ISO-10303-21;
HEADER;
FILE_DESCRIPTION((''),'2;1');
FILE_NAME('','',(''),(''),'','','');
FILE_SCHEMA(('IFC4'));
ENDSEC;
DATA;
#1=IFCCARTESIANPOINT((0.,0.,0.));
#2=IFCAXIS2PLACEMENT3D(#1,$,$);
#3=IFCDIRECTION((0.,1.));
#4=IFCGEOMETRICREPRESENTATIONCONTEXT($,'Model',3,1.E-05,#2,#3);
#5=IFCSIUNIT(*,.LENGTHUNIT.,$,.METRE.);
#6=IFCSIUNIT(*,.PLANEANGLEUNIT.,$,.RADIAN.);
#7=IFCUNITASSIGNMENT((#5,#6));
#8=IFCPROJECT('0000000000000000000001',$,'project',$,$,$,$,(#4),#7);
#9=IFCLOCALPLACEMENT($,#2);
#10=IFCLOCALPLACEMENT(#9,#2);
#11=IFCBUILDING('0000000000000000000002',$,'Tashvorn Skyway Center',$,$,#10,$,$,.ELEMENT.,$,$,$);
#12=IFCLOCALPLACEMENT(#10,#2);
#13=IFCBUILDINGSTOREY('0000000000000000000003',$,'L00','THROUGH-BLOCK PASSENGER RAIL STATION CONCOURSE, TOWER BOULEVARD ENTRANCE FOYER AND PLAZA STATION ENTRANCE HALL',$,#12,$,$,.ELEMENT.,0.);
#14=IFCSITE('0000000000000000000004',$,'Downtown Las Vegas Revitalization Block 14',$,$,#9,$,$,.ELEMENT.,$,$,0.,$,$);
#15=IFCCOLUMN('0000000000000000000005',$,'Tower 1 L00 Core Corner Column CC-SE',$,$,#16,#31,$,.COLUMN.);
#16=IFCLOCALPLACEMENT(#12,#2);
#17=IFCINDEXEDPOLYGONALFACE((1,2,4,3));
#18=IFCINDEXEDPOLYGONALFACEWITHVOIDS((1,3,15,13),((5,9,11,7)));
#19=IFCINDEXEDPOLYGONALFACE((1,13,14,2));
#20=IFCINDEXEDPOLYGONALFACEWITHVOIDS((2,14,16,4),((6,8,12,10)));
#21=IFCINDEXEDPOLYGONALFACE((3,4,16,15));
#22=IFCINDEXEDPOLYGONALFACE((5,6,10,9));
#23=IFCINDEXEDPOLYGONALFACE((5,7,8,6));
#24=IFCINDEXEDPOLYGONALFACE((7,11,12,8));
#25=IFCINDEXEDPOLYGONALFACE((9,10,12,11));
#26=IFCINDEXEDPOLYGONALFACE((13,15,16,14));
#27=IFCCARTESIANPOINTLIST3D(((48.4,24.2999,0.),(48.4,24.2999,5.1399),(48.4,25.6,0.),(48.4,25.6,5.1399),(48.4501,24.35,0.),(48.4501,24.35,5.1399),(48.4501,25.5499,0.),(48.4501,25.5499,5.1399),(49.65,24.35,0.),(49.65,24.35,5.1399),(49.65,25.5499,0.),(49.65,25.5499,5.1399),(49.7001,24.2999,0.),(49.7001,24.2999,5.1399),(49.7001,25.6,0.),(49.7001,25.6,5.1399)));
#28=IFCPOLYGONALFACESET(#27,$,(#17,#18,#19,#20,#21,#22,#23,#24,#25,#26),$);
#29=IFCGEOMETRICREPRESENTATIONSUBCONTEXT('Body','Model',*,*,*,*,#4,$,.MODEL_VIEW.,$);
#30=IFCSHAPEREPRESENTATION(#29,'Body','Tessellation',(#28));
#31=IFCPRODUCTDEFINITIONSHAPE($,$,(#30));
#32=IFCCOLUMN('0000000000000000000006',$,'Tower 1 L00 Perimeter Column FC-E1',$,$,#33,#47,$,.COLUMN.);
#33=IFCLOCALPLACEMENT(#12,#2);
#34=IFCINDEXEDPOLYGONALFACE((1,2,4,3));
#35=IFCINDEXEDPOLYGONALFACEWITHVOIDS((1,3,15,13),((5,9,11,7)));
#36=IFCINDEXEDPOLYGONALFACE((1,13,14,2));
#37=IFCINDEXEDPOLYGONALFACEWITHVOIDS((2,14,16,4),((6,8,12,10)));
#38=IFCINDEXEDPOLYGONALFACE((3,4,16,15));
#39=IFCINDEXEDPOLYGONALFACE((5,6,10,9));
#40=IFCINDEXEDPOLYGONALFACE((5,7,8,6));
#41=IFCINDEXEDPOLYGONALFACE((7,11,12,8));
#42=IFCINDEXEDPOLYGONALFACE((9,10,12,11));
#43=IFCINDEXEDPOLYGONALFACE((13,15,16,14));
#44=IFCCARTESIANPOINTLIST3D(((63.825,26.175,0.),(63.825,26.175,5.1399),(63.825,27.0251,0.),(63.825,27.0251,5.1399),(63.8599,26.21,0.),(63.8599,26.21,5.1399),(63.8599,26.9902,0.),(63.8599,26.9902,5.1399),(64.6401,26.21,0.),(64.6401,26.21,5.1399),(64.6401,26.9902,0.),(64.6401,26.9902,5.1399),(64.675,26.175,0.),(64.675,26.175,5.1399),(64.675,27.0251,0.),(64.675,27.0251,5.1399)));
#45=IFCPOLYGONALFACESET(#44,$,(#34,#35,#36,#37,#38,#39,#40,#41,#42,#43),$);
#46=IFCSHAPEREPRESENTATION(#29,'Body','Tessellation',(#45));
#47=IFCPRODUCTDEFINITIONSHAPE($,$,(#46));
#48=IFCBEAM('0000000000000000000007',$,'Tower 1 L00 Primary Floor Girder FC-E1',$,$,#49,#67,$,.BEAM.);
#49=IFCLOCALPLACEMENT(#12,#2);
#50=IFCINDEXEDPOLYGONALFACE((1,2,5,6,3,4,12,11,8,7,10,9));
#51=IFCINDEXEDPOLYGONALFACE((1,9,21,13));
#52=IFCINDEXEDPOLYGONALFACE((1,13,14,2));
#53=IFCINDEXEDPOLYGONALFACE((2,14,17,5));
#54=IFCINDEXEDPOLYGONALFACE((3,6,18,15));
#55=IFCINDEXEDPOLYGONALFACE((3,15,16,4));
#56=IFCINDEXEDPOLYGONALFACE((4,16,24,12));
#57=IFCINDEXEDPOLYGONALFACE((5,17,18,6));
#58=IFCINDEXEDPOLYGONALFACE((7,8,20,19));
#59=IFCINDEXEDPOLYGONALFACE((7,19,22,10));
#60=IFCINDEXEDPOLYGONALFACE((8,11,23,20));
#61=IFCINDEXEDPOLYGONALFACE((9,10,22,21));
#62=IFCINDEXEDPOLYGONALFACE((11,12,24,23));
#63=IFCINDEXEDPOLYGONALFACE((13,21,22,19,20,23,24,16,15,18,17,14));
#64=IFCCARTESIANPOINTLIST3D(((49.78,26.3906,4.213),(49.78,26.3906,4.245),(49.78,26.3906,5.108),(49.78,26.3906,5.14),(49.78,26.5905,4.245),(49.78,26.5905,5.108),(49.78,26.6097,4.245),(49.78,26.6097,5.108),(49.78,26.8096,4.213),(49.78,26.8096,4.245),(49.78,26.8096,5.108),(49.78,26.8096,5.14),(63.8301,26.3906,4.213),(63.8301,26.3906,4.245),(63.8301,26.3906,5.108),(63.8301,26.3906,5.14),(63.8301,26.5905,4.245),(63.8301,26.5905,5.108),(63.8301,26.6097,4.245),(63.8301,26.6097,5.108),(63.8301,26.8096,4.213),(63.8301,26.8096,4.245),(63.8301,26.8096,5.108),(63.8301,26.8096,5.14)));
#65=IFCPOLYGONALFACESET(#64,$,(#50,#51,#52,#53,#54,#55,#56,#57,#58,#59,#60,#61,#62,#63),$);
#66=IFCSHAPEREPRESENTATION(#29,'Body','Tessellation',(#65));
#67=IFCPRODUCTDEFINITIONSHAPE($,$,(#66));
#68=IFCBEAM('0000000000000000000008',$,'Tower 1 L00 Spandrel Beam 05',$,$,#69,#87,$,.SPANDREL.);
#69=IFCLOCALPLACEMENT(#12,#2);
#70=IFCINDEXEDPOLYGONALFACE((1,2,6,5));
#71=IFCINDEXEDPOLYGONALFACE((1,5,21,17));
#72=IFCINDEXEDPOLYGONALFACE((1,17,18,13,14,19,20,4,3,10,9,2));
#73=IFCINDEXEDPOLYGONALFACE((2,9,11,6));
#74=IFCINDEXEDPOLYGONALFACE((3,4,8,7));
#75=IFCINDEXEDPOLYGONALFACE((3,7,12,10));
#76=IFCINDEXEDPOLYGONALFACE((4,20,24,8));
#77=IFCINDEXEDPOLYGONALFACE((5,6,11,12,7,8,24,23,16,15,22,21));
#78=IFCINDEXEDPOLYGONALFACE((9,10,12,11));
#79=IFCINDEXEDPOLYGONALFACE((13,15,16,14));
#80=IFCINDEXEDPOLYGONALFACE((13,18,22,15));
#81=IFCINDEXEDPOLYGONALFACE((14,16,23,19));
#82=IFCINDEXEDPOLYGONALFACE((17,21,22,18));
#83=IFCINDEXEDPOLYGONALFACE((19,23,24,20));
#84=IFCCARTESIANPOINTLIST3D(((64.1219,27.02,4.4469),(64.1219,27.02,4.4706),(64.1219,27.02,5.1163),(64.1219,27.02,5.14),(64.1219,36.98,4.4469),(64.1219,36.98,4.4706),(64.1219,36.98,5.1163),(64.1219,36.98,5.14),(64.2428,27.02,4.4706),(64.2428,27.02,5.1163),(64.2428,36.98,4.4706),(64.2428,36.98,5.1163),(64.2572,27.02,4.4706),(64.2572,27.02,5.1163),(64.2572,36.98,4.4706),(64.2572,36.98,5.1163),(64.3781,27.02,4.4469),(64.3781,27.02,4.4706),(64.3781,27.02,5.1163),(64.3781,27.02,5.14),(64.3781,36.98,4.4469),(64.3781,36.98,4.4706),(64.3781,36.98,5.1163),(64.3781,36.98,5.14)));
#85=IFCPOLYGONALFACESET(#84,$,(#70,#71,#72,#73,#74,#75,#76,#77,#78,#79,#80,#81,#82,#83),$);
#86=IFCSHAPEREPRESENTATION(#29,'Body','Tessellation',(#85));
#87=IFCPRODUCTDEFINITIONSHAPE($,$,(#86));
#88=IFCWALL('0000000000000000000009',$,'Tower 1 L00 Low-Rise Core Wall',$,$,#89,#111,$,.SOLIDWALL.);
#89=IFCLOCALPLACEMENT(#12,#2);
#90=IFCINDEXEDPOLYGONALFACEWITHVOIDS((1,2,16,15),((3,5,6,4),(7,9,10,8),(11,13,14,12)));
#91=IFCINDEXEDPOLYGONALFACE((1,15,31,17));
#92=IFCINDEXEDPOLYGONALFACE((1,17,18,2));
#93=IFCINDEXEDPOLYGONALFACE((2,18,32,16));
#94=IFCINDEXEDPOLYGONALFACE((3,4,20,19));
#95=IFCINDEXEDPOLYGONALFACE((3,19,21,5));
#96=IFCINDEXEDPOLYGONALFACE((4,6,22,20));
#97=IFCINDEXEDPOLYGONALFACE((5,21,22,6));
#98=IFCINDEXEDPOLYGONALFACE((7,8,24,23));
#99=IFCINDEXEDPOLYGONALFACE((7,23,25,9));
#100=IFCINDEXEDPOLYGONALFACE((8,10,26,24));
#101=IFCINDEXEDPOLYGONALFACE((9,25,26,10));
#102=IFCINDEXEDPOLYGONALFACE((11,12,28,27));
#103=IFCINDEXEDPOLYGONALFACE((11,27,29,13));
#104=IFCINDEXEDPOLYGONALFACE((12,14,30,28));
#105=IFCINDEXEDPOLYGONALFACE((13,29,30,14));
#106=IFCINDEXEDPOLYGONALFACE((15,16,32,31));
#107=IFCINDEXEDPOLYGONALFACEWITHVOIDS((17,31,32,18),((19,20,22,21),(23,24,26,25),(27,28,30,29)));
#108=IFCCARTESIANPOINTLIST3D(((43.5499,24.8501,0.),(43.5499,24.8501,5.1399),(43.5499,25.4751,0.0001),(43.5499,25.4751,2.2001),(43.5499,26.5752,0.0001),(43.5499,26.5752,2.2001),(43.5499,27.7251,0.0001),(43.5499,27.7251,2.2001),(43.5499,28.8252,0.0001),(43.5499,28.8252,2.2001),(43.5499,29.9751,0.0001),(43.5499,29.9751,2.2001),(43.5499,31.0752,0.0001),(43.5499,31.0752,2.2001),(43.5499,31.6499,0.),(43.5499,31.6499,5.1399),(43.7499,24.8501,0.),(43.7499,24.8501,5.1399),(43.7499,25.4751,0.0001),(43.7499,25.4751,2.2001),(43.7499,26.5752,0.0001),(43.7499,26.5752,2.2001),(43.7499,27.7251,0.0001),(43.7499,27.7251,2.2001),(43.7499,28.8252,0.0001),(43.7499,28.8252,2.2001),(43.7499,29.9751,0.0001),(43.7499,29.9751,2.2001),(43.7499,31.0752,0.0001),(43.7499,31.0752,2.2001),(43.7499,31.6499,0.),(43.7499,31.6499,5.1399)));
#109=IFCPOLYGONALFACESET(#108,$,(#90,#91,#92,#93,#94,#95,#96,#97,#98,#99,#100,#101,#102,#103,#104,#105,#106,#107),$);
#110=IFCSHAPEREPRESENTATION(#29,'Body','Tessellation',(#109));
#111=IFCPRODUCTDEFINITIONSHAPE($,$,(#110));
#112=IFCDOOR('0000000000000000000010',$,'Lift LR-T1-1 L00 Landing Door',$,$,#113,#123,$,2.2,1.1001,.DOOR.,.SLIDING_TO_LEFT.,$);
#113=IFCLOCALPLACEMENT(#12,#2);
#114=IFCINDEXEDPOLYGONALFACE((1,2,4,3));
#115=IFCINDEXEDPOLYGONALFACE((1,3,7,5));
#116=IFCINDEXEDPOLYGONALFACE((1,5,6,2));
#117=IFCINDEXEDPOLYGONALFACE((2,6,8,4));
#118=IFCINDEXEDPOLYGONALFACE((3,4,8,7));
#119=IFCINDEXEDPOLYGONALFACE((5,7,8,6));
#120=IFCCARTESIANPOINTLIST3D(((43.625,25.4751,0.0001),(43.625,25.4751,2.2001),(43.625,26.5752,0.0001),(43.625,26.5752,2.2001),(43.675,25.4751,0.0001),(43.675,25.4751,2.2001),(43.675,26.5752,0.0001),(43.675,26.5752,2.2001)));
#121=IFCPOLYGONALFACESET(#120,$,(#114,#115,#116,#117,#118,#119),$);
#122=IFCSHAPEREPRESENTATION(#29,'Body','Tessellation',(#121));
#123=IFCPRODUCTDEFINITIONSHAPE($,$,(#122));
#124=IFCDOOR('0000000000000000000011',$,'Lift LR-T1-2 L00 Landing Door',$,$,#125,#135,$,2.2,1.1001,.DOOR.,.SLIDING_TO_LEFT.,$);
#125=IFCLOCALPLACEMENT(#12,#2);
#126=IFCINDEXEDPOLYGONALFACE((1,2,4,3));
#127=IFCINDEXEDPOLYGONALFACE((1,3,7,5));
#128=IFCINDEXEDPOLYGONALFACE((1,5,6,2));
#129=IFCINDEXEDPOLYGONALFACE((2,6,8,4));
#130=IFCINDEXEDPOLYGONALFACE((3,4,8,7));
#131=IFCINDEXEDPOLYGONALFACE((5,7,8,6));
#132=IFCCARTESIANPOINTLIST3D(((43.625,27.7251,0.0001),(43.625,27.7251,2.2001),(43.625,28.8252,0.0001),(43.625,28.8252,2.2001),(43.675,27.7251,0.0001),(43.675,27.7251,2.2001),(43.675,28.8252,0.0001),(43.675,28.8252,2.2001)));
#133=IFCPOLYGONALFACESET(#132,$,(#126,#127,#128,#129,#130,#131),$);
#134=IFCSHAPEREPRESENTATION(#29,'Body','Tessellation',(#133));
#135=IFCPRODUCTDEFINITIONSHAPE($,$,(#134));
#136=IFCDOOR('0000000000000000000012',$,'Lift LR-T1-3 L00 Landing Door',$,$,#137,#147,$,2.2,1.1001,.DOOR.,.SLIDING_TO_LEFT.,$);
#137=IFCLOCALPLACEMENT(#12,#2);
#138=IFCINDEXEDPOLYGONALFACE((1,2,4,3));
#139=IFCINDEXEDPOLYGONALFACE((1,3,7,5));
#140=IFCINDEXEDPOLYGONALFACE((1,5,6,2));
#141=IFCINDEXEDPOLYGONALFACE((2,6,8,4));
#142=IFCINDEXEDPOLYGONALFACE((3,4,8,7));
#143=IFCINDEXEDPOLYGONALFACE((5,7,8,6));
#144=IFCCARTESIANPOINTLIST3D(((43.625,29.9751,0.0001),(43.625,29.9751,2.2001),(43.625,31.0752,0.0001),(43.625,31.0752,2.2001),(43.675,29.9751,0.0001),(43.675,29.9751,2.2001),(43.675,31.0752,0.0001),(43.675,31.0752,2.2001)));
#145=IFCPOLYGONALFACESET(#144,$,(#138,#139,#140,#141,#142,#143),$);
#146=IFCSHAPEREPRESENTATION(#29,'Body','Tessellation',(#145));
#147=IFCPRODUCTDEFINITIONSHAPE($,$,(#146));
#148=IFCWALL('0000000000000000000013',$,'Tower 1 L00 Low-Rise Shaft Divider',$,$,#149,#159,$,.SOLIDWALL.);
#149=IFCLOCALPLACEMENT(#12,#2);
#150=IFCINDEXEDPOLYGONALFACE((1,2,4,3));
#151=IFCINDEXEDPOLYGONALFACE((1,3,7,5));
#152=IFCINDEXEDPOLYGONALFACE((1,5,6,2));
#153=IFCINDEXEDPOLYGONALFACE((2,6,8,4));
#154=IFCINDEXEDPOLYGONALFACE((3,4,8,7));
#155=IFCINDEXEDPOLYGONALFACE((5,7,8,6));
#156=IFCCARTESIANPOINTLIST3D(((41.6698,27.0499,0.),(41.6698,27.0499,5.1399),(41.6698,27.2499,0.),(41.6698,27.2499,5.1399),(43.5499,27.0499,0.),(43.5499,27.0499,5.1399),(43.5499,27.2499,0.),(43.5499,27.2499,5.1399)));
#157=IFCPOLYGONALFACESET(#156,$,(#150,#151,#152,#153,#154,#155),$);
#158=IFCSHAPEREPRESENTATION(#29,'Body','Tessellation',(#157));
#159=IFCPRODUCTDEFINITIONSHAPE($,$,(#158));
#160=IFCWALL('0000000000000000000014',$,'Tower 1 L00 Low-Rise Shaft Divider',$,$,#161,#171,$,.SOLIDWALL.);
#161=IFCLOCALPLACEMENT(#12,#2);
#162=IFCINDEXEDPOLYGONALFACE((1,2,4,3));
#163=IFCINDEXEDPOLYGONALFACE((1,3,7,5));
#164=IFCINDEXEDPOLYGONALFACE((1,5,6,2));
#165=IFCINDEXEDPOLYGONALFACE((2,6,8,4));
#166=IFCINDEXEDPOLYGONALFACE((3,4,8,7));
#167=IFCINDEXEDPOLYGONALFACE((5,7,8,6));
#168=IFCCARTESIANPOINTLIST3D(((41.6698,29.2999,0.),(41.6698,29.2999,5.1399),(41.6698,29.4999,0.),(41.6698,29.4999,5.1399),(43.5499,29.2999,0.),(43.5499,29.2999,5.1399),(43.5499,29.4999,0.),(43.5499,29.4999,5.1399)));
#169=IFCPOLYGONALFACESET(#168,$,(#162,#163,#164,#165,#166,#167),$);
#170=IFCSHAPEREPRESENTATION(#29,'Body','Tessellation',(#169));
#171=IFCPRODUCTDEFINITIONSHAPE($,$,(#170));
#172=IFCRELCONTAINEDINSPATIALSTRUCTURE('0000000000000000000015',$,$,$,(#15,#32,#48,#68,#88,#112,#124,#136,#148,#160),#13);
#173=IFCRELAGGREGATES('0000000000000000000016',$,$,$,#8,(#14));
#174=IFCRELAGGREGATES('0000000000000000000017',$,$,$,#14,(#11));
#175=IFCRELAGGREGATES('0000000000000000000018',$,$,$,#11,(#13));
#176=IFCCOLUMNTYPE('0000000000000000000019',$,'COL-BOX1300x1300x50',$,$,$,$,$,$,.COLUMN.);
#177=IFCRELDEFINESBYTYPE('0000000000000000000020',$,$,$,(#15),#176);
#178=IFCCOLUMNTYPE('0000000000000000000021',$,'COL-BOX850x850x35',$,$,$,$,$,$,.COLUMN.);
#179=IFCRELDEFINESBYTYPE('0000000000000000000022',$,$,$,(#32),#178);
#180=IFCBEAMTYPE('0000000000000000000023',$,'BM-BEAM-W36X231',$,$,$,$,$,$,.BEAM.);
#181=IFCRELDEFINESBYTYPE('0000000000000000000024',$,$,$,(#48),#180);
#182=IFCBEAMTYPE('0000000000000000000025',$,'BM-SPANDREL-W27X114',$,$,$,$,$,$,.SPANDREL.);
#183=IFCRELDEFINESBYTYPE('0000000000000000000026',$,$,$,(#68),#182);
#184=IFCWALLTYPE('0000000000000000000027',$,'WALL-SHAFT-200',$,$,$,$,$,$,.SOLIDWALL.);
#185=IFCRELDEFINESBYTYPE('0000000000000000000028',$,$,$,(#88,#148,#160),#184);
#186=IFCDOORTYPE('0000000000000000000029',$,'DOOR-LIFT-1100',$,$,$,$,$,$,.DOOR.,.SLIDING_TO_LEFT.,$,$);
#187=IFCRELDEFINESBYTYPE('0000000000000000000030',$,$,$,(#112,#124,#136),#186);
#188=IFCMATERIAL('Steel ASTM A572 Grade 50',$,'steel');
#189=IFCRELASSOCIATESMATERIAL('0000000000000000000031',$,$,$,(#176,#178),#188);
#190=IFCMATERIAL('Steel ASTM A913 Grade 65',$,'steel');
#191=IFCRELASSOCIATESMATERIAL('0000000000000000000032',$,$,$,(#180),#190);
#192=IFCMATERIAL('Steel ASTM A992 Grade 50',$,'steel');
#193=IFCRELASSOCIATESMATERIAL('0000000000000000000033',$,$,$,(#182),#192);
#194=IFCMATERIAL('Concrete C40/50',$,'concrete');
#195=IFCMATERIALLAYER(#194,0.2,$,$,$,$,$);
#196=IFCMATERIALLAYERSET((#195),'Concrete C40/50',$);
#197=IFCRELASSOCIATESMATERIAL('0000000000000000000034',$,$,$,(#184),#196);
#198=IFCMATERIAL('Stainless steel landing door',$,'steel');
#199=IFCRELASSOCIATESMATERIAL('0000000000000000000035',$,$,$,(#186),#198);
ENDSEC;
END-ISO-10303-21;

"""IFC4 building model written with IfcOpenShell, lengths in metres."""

from ifc_helpers import new_model, si_unit, direction, frame, frame_2d, origin, origin_2d, place, context, subcontext, project, spatial, rectangle, hollow_rectangle, i_section, extrude, material, layer, layer_set, material_profile, profile_set, type_object, element, fill, save


model = new_model("IFC4")

# Units and contexts
model_context = context("Model", 3, precision=1e-05, world=origin(), true_north=direction((0.0, 1.0)))
body_context = subcontext(model_context, "Body", "Model", "MODEL_VIEW")
ifc_project = project(units=[si_unit("LENGTHUNIT", "METRE"), si_unit("PLANEANGLEUNIT", "RADIAN")], contexts=[model_context])

# Site, building, storey
site_placement = place(None, origin())
site = spatial("IfcSite", under=ifc_project, at=site_placement, Name="Downtown Las Vegas Revitalization Block 14", CompositionType="ELEMENT", RefElevation=0.0)
building_placement = place(site_placement, origin())
building = spatial("IfcBuilding", under=site, at=building_placement, Name="Tashvorn Skyway Center", CompositionType="ELEMENT")
storey_placement = place(building_placement, origin())
storey = spatial("IfcBuildingStorey", under=building, at=storey_placement, Name="L00", Description="THROUGH-BLOCK PASSENGER RAIL STATION CONCOURSE, TOWER BOULEVARD ENTRANCE FOYER AND PLAZA STATION ENTRANCE HALL", CompositionType="ELEMENT", Elevation=0.0)

# Columns
ifc_material_1 = material(Name="Steel ASTM A572 Grade 50", Category="steel")
ifc_material_profile_1 = material_profile(ifc_material_1, hollow_rectangle(XDim=1.3, YDim=1.3, WallThickness=0.05, at=origin_2d()), Name="BOX1300x1300x50")
ifc_profile_set_1 = profile_set([ifc_material_profile_1], Name="Steel ASTM A572 Grade 50")
column_type_1 = type_object("IfcColumnType", Name="COL-BOX1300x1300x50", PredefinedType="COLUMN", material=ifc_profile_set_1)
column_1_placement = place(storey_placement, frame((49.05, 24.95, 0.0), z_axis=(0.0, 0.0, 1.0), x_axis=(1.0, 0.0, 0.0)))
element("IfcColumn", 1, at=column_1_placement, inside=storey, type_object=column_type_1, Name="Tower 1 L00 Core Corner Column CC-SE", PredefinedType="COLUMN", context=body_context, shape_type="SweptSolid", body=[
    extrude(hollow_rectangle(XDim=1.3, YDim=1.3, WallThickness=0.05, at=origin_2d()), origin(), (0.0, 0.0, 1.0), 5.1399),
])
ifc_material_profile_2 = material_profile(ifc_material_1, hollow_rectangle(XDim=0.8501, YDim=0.8501, WallThickness=0.0349, at=origin_2d()), Name="BOX850x850x35")
ifc_profile_set_2 = profile_set([ifc_material_profile_2], Name="Steel ASTM A572 Grade 50")
column_type_2 = type_object("IfcColumnType", Name="COL-BOX850x850x35", PredefinedType="COLUMN", material=ifc_profile_set_2)
column_2_placement = place(storey_placement, frame((64.25, 26.6001, 0.0), z_axis=(0.0, 0.0, 1.0), x_axis=(1.0, 0.0, 0.0)))
element("IfcColumn", 2, at=column_2_placement, inside=storey, type_object=column_type_2, Name="Tower 1 L00 Perimeter Column FC-E1", PredefinedType="COLUMN", context=body_context, shape_type="SweptSolid", body=[
    extrude(hollow_rectangle(XDim=0.8501, YDim=0.8501, WallThickness=0.0349, at=origin_2d()), origin(), (0.0, 0.0, 1.0), 5.1399),
])

# Beams
ifc_material_2 = material(Name="Steel ASTM A913 Grade 65", Category="steel")
ifc_material_profile_3 = material_profile(ifc_material_2, i_section(OverallWidth=0.4189, OverallDepth=0.927, WebThickness=0.0193, FlangeThickness=0.032, at=origin_2d()), Name="W36X231")
ifc_profile_set_3 = profile_set([ifc_material_profile_3], Name="Steel ASTM A913 Grade 65")
beam_type_1 = type_object("IfcBeamType", Name="BM-BEAM-W36X231", PredefinedType="BEAM", material=ifc_profile_set_3)
beam_1_placement = place(storey_placement, frame((63.8301, 26.6001, 4.6765), z_axis=(-1.0, 0.0, 0.0), x_axis=(0.0, -1.0, 0.0)))
element("IfcBeam", 3, at=beam_1_placement, inside=storey, type_object=beam_type_1, Name="Tower 1 L00 Primary Floor Girder FC-E1", PredefinedType="BEAM", context=body_context, shape_type="SweptSolid", body=[
    extrude(i_section(OverallWidth=0.4189, OverallDepth=0.927, WebThickness=0.0193, FlangeThickness=0.032, at=origin_2d()), origin(), (0.0, 0.0, 1.0), 14.05),
])
ifc_material_3 = material(Name="Steel ASTM A992 Grade 50", Category="steel")
ifc_material_profile_4 = material_profile(ifc_material_3, i_section(OverallWidth=0.2561, OverallDepth=0.6931, WebThickness=0.0144, FlangeThickness=0.0237, at=origin_2d()), Name="W27X114")
ifc_profile_set_4 = profile_set([ifc_material_profile_4], Name="Steel ASTM A992 Grade 50")
beam_type_2 = type_object("IfcBeamType", Name="BM-SPANDREL-W27X114", PredefinedType="SPANDREL", material=ifc_profile_set_4)
beam_2_placement = place(storey_placement, frame((64.25, 27.02, 4.7935), z_axis=(0.0, 1.0, 0.0), x_axis=(-1.0, 0.0, 0.0)))
element("IfcBeam", 4, at=beam_2_placement, inside=storey, type_object=beam_type_2, Name="Tower 1 L00 Spandrel Beam 05", PredefinedType="SPANDREL", context=body_context, shape_type="SweptSolid", body=[
    extrude(i_section(OverallWidth=0.2561, OverallDepth=0.6931, WebThickness=0.0144, FlangeThickness=0.0237, at=origin_2d()), origin(), (0.0, 0.0, 1.0), 9.96),
])

# Wall, openings, doors
ifc_material_4 = material(Name="Concrete C40/50", Category="concrete")
ifc_layer_1 = layer(ifc_material_4, 0.2)
ifc_layer_set_1 = layer_set([ifc_layer_1], Name="Concrete C40/50")
wall_type_1 = type_object("IfcWallType", Name="WALL-SHAFT-200", PredefinedType="SOLIDWALL", material=ifc_layer_set_1)
wall_1_placement = place(storey_placement, frame((43.6499, 24.8501, 0.0), z_axis=(0.0, 0.0, 1.0), x_axis=(0.0, 1.0, 0.0)))
wall_1 = element("IfcWall", 5, at=wall_1_placement, inside=storey, type_object=wall_type_1, Name="Tower 1 L00 Low-Rise Core Wall", PredefinedType="SOLIDWALL", context=body_context, shape_type="SweptSolid", body=[
    extrude(rectangle(XDim=6.7998, YDim=0.2, at=frame_2d((3.3999, 0.0))), origin(), (0.0, 0.0, 1.0), 5.1399),
])
opening_1_placement = place(wall_1_placement, frame((0.625, 0.0, 0.0)))
opening_1 = element("IfcOpeningElement", 6, at=opening_1_placement, cuts=wall_1, PredefinedType="OPENING", context=body_context, shape_type="SweptSolid", body=[
    extrude(rectangle(XDim=1.1001, YDim=2.2, at=frame_2d((0.55, 1.1001))), frame((0.0, 0.1099, 0.0), z_axis=(0.0, -1.0, 0.0), x_axis=(1.0, 0.0, 0.0)), (0.0, 0.0, 1.0), 0.22),
])
opening_2_placement = place(wall_1_placement, frame((2.875, 0.0, 0.0)))
opening_2 = element("IfcOpeningElement", 7, at=opening_2_placement, cuts=wall_1, PredefinedType="OPENING", context=body_context, shape_type="SweptSolid", body=[
    extrude(rectangle(XDim=1.1001, YDim=2.2, at=frame_2d((0.55, 1.1001))), frame((0.0, 0.1099, 0.0), z_axis=(0.0, -1.0, 0.0), x_axis=(1.0, 0.0, 0.0)), (0.0, 0.0, 1.0), 0.22),
])
opening_3_placement = place(wall_1_placement, frame((5.125, 0.0, 0.0)))
opening_3 = element("IfcOpeningElement", 8, at=opening_3_placement, cuts=wall_1, PredefinedType="OPENING", context=body_context, shape_type="SweptSolid", body=[
    extrude(rectangle(XDim=1.1001, YDim=2.2, at=frame_2d((0.55, 1.1001))), frame((0.0, 0.1099, 0.0), z_axis=(0.0, -1.0, 0.0), x_axis=(1.0, 0.0, 0.0)), (0.0, 0.0, 1.0), 0.22),
])
ifc_material_5 = material(Name="Stainless steel landing door", Category="steel")
door_type_1 = type_object("IfcDoorType", Name="DOOR-LIFT-1100", OperationType="SLIDING_TO_LEFT", PredefinedType="DOOR", material=ifc_material_5)
door_1_placement = place(opening_1_placement, origin())
door_1 = element("IfcDoor", 9, at=door_1_placement, inside=storey, type_object=door_type_1, Name="Lift LR-T1-1 L00 Landing Door", OperationType="SLIDING_TO_LEFT", OverallHeight=2.2, OverallWidth=1.1001, PredefinedType="DOOR", context=body_context, shape_type="SweptSolid", body=[
    extrude(rectangle(XDim=1.1001, YDim=2.2, at=frame_2d((0.55, 1.1001))), frame((0.0, 0.0249, 0.0), z_axis=(0.0, -1.0, 0.0), x_axis=(1.0, 0.0, 0.0)), (0.0, 0.0, 1.0), 0.05),
])
fill(opening_1, door_1)
door_2_placement = place(opening_2_placement, origin())
door_2 = element("IfcDoor", 10, at=door_2_placement, inside=storey, type_object=door_type_1, Name="Lift LR-T1-2 L00 Landing Door", OperationType="SLIDING_TO_LEFT", OverallHeight=2.2, OverallWidth=1.1001, PredefinedType="DOOR", context=body_context, shape_type="SweptSolid", body=[
    extrude(rectangle(XDim=1.1001, YDim=2.2, at=frame_2d((0.55, 1.1001))), frame((0.0, 0.0249, 0.0), z_axis=(0.0, -1.0, 0.0), x_axis=(1.0, 0.0, 0.0)), (0.0, 0.0, 1.0), 0.05),
])
fill(opening_2, door_2)
door_3_placement = place(opening_3_placement, origin())
door_3 = element("IfcDoor", 11, at=door_3_placement, inside=storey, type_object=door_type_1, Name="Lift LR-T1-3 L00 Landing Door", OperationType="SLIDING_TO_LEFT", OverallHeight=2.2, OverallWidth=1.1001, PredefinedType="DOOR", context=body_context, shape_type="SweptSolid", body=[
    extrude(rectangle(XDim=1.1001, YDim=2.2, at=frame_2d((0.55, 1.1001))), frame((0.0, 0.0249, 0.0), z_axis=(0.0, -1.0, 0.0), x_axis=(1.0, 0.0, 0.0)), (0.0, 0.0, 1.0), 0.05),
])
fill(opening_3, door_3)

# Walls
for number, where, z_axis, x_axis, name in (
    (12, (41.6699, 27.1499, 0.0), (0.0, 0.0, 1.0), (1.0, 0.0, 0.0), "Tower 1 L00 Low-Rise Shaft Divider"),
    (13, (41.6699, 29.3999, 0.0), (0.0, 0.0, 1.0), (1.0, 0.0, 0.0), "Tower 1 L00 Low-Rise Shaft Divider"),
):
    element("IfcWall", number, at=place(storey_placement, frame(where, z_axis=z_axis, x_axis=x_axis)), inside=storey, type_object=wall_type_1, Name=name, PredefinedType="SOLIDWALL", context=body_context, shape_type="SweptSolid", body=[
        extrude(rectangle(XDim=1.8801, YDim=0.2, at=frame_2d((0.9399, 0.0))), origin(), (0.0, 0.0, 1.0), 5.1399),
    ])

save(model, "model.ifc")
